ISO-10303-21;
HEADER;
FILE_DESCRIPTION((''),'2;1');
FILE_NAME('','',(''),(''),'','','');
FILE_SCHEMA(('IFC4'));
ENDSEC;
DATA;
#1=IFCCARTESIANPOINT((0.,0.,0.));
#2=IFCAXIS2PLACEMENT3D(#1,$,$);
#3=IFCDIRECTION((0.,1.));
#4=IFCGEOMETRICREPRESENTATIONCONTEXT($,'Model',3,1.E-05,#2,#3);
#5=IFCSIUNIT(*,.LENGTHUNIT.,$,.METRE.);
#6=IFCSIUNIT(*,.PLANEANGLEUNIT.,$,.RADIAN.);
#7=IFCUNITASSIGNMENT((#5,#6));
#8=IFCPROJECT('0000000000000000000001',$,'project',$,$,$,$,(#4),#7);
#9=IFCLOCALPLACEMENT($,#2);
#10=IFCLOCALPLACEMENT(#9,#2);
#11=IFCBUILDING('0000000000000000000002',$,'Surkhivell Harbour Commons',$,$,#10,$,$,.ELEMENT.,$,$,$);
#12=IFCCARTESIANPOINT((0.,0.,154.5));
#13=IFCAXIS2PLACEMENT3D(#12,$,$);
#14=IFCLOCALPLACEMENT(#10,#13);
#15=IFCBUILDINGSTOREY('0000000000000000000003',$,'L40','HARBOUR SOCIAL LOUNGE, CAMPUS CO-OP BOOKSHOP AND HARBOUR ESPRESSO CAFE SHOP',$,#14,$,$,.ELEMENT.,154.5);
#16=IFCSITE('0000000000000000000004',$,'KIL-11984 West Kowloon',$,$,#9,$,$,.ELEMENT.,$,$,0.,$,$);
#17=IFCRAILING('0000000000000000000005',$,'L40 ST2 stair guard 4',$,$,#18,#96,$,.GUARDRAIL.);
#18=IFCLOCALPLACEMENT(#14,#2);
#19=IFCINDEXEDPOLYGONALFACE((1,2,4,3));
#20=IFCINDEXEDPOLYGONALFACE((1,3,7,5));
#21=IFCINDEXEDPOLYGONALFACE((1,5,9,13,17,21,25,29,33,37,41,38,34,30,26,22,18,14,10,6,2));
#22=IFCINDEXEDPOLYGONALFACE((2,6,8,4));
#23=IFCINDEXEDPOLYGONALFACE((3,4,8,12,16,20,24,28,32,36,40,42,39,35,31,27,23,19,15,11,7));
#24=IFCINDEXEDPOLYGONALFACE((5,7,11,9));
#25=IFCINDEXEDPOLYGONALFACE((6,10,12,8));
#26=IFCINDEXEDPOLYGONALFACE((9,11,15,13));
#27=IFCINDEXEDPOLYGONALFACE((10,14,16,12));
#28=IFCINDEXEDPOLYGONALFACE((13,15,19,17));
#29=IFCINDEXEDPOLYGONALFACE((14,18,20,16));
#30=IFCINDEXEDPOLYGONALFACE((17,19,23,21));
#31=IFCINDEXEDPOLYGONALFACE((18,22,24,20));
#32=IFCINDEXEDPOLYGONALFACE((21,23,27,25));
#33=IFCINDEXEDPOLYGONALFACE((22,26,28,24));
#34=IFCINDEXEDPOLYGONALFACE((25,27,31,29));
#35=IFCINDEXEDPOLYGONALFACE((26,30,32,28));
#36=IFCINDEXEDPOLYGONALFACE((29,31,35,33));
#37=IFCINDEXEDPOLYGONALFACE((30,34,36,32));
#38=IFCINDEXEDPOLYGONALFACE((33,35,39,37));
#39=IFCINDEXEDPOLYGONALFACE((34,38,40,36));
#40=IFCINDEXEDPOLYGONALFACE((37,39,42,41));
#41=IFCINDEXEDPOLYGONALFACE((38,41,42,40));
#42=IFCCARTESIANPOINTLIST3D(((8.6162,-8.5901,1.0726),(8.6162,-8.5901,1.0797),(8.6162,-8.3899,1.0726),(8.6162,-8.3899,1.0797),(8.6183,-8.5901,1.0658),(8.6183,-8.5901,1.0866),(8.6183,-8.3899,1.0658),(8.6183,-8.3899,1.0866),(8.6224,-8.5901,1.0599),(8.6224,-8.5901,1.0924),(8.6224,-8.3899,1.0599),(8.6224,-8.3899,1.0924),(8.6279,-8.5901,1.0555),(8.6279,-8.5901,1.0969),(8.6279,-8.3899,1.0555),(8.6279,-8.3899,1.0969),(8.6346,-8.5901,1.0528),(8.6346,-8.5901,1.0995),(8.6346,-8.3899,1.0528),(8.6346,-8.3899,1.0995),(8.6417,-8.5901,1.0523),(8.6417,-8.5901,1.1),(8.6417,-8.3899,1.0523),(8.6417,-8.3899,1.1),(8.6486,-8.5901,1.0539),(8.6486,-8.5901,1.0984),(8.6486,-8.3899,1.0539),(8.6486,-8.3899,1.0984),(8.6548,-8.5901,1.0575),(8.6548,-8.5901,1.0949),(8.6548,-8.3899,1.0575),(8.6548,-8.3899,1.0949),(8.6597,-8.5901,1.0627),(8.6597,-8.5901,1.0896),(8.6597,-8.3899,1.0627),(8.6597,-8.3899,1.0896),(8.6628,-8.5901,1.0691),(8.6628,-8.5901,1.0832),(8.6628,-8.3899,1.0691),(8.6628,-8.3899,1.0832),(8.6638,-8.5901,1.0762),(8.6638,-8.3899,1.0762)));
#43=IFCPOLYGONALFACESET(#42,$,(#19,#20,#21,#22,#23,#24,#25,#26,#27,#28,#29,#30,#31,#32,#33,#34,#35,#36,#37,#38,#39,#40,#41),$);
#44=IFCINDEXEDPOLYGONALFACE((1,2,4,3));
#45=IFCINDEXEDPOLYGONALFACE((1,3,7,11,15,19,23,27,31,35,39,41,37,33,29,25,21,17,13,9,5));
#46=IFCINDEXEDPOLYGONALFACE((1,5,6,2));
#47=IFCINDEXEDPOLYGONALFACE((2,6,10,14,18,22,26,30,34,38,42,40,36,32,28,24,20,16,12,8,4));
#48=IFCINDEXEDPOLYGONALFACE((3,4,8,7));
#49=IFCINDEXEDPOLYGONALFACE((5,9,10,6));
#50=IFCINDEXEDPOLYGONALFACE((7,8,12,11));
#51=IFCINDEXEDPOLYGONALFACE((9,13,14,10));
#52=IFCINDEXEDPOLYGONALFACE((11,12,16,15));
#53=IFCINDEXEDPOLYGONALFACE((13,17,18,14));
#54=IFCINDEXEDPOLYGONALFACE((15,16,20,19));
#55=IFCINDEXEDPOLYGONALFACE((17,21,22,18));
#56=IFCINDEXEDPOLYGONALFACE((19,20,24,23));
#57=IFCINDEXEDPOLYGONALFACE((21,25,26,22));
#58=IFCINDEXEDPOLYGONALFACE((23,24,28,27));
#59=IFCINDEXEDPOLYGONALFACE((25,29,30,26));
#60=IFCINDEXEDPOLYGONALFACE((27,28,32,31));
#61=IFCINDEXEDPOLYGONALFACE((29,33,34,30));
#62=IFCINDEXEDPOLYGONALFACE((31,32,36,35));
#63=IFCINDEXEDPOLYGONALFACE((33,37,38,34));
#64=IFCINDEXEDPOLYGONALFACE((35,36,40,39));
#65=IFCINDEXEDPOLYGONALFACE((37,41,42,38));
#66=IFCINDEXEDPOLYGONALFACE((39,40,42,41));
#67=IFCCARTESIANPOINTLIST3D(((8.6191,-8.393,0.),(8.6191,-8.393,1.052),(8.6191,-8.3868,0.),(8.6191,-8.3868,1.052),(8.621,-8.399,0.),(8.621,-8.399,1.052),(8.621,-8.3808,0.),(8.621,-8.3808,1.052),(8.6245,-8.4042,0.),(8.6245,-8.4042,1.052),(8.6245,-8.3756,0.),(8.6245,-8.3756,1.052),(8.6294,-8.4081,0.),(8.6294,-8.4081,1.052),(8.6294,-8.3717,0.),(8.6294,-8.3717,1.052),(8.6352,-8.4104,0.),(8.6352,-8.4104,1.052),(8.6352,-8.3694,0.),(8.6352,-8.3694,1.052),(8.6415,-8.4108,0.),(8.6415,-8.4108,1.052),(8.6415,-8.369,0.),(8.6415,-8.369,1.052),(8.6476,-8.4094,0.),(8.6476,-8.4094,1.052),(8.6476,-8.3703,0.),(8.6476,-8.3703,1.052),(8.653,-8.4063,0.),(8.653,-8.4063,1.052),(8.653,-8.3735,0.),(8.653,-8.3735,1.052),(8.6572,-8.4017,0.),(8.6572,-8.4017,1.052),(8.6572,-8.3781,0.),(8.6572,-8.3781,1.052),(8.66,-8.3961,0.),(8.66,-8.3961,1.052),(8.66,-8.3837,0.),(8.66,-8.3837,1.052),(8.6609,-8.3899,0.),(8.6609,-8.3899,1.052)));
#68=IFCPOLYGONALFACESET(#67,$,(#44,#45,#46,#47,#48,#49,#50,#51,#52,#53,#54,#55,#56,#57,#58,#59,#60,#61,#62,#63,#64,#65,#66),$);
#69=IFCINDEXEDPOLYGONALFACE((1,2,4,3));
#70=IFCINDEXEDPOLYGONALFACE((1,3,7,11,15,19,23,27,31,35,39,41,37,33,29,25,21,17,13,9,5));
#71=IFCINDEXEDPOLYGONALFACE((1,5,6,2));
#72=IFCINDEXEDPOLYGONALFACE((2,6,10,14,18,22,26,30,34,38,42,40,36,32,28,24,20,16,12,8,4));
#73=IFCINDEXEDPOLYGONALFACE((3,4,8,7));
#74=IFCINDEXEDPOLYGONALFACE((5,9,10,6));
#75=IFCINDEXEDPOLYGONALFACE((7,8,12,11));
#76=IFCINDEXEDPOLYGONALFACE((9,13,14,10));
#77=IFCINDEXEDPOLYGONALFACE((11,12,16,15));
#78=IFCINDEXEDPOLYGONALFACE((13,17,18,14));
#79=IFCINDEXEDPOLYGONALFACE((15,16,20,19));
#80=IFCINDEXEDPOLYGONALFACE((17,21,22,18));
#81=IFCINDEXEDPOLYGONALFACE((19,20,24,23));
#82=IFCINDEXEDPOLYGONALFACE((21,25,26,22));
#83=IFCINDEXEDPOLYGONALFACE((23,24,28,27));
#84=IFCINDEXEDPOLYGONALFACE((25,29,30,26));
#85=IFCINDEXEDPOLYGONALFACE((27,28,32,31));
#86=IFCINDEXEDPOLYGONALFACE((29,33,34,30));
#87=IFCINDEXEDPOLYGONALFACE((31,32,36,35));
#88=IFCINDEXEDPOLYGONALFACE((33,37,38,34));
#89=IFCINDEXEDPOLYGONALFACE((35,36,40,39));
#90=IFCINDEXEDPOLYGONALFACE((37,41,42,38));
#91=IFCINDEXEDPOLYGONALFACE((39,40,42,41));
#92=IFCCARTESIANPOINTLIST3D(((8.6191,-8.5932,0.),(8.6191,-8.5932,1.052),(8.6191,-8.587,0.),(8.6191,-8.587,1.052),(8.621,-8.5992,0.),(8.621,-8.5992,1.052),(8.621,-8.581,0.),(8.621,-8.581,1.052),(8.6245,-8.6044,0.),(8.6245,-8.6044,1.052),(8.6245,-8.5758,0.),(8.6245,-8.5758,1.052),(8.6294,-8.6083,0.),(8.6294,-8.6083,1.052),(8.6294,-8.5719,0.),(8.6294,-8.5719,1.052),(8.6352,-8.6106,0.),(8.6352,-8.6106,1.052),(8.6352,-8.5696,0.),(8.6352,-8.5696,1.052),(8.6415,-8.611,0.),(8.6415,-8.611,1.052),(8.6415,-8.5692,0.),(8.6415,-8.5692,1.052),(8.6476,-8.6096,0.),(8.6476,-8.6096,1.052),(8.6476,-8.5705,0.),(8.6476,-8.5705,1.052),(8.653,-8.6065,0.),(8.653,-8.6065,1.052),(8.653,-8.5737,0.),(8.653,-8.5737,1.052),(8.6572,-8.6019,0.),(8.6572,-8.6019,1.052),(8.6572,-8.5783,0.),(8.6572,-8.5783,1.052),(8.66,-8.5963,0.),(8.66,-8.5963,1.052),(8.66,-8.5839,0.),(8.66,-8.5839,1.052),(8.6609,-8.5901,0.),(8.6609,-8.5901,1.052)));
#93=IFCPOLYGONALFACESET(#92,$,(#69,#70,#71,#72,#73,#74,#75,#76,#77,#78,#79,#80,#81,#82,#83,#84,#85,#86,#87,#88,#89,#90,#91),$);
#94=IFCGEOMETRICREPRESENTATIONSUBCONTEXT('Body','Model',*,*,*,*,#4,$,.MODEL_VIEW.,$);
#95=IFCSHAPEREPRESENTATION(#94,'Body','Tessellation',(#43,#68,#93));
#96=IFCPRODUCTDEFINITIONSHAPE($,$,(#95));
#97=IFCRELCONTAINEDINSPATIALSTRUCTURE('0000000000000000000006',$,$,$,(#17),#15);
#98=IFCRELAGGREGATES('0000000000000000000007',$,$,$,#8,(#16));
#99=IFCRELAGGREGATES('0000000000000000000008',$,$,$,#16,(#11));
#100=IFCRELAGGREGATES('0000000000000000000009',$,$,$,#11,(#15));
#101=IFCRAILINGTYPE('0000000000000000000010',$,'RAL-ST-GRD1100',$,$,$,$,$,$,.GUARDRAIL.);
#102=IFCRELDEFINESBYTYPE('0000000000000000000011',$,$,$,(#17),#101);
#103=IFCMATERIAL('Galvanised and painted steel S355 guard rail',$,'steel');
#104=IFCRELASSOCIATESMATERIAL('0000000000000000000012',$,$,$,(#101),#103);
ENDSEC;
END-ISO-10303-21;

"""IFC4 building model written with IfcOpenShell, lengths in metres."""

from ifc_helpers import new_model, si_unit, direction, frame, origin, origin_2d, place, context, subcontext, project, spatial, circle, extrude, material, type_object, element, save


model = new_model("IFC4")

# Units and contexts
model_context = context("Model", 3, precision=1e-05, world=origin(), true_north=direction((0.0, 1.0)))
body_context = subcontext(model_context, "Body", "Model", "MODEL_VIEW")
ifc_project = project(units=[si_unit("LENGTHUNIT", "METRE"), si_unit("PLANEANGLEUNIT", "RADIAN")], contexts=[model_context])

# Site, building, storey
site_placement = place(None, origin())
site = spatial("IfcSite", under=ifc_project, at=site_placement, Name="KIL-11984 West Kowloon", CompositionType="ELEMENT", RefElevation=0.0)
building_placement = place(site_placement, origin())
building = spatial("IfcBuilding", under=site, at=building_placement, Name="Surkhivell Harbour Commons", CompositionType="ELEMENT")
storey_placement = place(building_placement, frame((0.0, 0.0, 154.5)))
storey = spatial("IfcBuildingStorey", under=building, at=storey_placement, Name="L40", Description="HARBOUR SOCIAL LOUNGE, CAMPUS CO-OP BOOKSHOP AND HARBOUR ESPRESSO CAFE SHOP", CompositionType="ELEMENT", Elevation=154.5)

# Railing
ifc_material_1 = material(Name="Galvanised and painted steel S355 guard rail", Category="steel")
railing_type_1 = type_object("IfcRailingType", Name="RAL-ST-GRD1100", PredefinedType="GUARDRAIL", material=ifc_material_1)
railing_1_placement = place(storey_placement, frame((8.6399, -8.3899, 0.0)))
element("IfcRailing", 1, at=railing_1_placement, inside=storey, type_object=railing_type_1, Name="L40 ST2 stair guard 4", PredefinedType="GUARDRAIL", context=body_context, shape_type="SweptSolid", body=[
    extrude(circle(Radius=0.0239, at=origin_2d()), frame((0.0, 0.0, 1.0762), z_axis=(0.0, -1.0, 0.0), x_axis=(1.0, 0.0, 0.0)), (0.0, 0.0, 1.0), 0.2002),
    extrude(circle(Radius=0.021, at=origin_2d()), origin(), (0.0, 0.0, 1.0), 1.052),
    extrude(circle(Radius=0.021, at=origin_2d()), frame((0.0, -0.2002, 0.0)), (0.0, 0.0, 1.0), 1.052),
])

save(model, "model.ifc")
